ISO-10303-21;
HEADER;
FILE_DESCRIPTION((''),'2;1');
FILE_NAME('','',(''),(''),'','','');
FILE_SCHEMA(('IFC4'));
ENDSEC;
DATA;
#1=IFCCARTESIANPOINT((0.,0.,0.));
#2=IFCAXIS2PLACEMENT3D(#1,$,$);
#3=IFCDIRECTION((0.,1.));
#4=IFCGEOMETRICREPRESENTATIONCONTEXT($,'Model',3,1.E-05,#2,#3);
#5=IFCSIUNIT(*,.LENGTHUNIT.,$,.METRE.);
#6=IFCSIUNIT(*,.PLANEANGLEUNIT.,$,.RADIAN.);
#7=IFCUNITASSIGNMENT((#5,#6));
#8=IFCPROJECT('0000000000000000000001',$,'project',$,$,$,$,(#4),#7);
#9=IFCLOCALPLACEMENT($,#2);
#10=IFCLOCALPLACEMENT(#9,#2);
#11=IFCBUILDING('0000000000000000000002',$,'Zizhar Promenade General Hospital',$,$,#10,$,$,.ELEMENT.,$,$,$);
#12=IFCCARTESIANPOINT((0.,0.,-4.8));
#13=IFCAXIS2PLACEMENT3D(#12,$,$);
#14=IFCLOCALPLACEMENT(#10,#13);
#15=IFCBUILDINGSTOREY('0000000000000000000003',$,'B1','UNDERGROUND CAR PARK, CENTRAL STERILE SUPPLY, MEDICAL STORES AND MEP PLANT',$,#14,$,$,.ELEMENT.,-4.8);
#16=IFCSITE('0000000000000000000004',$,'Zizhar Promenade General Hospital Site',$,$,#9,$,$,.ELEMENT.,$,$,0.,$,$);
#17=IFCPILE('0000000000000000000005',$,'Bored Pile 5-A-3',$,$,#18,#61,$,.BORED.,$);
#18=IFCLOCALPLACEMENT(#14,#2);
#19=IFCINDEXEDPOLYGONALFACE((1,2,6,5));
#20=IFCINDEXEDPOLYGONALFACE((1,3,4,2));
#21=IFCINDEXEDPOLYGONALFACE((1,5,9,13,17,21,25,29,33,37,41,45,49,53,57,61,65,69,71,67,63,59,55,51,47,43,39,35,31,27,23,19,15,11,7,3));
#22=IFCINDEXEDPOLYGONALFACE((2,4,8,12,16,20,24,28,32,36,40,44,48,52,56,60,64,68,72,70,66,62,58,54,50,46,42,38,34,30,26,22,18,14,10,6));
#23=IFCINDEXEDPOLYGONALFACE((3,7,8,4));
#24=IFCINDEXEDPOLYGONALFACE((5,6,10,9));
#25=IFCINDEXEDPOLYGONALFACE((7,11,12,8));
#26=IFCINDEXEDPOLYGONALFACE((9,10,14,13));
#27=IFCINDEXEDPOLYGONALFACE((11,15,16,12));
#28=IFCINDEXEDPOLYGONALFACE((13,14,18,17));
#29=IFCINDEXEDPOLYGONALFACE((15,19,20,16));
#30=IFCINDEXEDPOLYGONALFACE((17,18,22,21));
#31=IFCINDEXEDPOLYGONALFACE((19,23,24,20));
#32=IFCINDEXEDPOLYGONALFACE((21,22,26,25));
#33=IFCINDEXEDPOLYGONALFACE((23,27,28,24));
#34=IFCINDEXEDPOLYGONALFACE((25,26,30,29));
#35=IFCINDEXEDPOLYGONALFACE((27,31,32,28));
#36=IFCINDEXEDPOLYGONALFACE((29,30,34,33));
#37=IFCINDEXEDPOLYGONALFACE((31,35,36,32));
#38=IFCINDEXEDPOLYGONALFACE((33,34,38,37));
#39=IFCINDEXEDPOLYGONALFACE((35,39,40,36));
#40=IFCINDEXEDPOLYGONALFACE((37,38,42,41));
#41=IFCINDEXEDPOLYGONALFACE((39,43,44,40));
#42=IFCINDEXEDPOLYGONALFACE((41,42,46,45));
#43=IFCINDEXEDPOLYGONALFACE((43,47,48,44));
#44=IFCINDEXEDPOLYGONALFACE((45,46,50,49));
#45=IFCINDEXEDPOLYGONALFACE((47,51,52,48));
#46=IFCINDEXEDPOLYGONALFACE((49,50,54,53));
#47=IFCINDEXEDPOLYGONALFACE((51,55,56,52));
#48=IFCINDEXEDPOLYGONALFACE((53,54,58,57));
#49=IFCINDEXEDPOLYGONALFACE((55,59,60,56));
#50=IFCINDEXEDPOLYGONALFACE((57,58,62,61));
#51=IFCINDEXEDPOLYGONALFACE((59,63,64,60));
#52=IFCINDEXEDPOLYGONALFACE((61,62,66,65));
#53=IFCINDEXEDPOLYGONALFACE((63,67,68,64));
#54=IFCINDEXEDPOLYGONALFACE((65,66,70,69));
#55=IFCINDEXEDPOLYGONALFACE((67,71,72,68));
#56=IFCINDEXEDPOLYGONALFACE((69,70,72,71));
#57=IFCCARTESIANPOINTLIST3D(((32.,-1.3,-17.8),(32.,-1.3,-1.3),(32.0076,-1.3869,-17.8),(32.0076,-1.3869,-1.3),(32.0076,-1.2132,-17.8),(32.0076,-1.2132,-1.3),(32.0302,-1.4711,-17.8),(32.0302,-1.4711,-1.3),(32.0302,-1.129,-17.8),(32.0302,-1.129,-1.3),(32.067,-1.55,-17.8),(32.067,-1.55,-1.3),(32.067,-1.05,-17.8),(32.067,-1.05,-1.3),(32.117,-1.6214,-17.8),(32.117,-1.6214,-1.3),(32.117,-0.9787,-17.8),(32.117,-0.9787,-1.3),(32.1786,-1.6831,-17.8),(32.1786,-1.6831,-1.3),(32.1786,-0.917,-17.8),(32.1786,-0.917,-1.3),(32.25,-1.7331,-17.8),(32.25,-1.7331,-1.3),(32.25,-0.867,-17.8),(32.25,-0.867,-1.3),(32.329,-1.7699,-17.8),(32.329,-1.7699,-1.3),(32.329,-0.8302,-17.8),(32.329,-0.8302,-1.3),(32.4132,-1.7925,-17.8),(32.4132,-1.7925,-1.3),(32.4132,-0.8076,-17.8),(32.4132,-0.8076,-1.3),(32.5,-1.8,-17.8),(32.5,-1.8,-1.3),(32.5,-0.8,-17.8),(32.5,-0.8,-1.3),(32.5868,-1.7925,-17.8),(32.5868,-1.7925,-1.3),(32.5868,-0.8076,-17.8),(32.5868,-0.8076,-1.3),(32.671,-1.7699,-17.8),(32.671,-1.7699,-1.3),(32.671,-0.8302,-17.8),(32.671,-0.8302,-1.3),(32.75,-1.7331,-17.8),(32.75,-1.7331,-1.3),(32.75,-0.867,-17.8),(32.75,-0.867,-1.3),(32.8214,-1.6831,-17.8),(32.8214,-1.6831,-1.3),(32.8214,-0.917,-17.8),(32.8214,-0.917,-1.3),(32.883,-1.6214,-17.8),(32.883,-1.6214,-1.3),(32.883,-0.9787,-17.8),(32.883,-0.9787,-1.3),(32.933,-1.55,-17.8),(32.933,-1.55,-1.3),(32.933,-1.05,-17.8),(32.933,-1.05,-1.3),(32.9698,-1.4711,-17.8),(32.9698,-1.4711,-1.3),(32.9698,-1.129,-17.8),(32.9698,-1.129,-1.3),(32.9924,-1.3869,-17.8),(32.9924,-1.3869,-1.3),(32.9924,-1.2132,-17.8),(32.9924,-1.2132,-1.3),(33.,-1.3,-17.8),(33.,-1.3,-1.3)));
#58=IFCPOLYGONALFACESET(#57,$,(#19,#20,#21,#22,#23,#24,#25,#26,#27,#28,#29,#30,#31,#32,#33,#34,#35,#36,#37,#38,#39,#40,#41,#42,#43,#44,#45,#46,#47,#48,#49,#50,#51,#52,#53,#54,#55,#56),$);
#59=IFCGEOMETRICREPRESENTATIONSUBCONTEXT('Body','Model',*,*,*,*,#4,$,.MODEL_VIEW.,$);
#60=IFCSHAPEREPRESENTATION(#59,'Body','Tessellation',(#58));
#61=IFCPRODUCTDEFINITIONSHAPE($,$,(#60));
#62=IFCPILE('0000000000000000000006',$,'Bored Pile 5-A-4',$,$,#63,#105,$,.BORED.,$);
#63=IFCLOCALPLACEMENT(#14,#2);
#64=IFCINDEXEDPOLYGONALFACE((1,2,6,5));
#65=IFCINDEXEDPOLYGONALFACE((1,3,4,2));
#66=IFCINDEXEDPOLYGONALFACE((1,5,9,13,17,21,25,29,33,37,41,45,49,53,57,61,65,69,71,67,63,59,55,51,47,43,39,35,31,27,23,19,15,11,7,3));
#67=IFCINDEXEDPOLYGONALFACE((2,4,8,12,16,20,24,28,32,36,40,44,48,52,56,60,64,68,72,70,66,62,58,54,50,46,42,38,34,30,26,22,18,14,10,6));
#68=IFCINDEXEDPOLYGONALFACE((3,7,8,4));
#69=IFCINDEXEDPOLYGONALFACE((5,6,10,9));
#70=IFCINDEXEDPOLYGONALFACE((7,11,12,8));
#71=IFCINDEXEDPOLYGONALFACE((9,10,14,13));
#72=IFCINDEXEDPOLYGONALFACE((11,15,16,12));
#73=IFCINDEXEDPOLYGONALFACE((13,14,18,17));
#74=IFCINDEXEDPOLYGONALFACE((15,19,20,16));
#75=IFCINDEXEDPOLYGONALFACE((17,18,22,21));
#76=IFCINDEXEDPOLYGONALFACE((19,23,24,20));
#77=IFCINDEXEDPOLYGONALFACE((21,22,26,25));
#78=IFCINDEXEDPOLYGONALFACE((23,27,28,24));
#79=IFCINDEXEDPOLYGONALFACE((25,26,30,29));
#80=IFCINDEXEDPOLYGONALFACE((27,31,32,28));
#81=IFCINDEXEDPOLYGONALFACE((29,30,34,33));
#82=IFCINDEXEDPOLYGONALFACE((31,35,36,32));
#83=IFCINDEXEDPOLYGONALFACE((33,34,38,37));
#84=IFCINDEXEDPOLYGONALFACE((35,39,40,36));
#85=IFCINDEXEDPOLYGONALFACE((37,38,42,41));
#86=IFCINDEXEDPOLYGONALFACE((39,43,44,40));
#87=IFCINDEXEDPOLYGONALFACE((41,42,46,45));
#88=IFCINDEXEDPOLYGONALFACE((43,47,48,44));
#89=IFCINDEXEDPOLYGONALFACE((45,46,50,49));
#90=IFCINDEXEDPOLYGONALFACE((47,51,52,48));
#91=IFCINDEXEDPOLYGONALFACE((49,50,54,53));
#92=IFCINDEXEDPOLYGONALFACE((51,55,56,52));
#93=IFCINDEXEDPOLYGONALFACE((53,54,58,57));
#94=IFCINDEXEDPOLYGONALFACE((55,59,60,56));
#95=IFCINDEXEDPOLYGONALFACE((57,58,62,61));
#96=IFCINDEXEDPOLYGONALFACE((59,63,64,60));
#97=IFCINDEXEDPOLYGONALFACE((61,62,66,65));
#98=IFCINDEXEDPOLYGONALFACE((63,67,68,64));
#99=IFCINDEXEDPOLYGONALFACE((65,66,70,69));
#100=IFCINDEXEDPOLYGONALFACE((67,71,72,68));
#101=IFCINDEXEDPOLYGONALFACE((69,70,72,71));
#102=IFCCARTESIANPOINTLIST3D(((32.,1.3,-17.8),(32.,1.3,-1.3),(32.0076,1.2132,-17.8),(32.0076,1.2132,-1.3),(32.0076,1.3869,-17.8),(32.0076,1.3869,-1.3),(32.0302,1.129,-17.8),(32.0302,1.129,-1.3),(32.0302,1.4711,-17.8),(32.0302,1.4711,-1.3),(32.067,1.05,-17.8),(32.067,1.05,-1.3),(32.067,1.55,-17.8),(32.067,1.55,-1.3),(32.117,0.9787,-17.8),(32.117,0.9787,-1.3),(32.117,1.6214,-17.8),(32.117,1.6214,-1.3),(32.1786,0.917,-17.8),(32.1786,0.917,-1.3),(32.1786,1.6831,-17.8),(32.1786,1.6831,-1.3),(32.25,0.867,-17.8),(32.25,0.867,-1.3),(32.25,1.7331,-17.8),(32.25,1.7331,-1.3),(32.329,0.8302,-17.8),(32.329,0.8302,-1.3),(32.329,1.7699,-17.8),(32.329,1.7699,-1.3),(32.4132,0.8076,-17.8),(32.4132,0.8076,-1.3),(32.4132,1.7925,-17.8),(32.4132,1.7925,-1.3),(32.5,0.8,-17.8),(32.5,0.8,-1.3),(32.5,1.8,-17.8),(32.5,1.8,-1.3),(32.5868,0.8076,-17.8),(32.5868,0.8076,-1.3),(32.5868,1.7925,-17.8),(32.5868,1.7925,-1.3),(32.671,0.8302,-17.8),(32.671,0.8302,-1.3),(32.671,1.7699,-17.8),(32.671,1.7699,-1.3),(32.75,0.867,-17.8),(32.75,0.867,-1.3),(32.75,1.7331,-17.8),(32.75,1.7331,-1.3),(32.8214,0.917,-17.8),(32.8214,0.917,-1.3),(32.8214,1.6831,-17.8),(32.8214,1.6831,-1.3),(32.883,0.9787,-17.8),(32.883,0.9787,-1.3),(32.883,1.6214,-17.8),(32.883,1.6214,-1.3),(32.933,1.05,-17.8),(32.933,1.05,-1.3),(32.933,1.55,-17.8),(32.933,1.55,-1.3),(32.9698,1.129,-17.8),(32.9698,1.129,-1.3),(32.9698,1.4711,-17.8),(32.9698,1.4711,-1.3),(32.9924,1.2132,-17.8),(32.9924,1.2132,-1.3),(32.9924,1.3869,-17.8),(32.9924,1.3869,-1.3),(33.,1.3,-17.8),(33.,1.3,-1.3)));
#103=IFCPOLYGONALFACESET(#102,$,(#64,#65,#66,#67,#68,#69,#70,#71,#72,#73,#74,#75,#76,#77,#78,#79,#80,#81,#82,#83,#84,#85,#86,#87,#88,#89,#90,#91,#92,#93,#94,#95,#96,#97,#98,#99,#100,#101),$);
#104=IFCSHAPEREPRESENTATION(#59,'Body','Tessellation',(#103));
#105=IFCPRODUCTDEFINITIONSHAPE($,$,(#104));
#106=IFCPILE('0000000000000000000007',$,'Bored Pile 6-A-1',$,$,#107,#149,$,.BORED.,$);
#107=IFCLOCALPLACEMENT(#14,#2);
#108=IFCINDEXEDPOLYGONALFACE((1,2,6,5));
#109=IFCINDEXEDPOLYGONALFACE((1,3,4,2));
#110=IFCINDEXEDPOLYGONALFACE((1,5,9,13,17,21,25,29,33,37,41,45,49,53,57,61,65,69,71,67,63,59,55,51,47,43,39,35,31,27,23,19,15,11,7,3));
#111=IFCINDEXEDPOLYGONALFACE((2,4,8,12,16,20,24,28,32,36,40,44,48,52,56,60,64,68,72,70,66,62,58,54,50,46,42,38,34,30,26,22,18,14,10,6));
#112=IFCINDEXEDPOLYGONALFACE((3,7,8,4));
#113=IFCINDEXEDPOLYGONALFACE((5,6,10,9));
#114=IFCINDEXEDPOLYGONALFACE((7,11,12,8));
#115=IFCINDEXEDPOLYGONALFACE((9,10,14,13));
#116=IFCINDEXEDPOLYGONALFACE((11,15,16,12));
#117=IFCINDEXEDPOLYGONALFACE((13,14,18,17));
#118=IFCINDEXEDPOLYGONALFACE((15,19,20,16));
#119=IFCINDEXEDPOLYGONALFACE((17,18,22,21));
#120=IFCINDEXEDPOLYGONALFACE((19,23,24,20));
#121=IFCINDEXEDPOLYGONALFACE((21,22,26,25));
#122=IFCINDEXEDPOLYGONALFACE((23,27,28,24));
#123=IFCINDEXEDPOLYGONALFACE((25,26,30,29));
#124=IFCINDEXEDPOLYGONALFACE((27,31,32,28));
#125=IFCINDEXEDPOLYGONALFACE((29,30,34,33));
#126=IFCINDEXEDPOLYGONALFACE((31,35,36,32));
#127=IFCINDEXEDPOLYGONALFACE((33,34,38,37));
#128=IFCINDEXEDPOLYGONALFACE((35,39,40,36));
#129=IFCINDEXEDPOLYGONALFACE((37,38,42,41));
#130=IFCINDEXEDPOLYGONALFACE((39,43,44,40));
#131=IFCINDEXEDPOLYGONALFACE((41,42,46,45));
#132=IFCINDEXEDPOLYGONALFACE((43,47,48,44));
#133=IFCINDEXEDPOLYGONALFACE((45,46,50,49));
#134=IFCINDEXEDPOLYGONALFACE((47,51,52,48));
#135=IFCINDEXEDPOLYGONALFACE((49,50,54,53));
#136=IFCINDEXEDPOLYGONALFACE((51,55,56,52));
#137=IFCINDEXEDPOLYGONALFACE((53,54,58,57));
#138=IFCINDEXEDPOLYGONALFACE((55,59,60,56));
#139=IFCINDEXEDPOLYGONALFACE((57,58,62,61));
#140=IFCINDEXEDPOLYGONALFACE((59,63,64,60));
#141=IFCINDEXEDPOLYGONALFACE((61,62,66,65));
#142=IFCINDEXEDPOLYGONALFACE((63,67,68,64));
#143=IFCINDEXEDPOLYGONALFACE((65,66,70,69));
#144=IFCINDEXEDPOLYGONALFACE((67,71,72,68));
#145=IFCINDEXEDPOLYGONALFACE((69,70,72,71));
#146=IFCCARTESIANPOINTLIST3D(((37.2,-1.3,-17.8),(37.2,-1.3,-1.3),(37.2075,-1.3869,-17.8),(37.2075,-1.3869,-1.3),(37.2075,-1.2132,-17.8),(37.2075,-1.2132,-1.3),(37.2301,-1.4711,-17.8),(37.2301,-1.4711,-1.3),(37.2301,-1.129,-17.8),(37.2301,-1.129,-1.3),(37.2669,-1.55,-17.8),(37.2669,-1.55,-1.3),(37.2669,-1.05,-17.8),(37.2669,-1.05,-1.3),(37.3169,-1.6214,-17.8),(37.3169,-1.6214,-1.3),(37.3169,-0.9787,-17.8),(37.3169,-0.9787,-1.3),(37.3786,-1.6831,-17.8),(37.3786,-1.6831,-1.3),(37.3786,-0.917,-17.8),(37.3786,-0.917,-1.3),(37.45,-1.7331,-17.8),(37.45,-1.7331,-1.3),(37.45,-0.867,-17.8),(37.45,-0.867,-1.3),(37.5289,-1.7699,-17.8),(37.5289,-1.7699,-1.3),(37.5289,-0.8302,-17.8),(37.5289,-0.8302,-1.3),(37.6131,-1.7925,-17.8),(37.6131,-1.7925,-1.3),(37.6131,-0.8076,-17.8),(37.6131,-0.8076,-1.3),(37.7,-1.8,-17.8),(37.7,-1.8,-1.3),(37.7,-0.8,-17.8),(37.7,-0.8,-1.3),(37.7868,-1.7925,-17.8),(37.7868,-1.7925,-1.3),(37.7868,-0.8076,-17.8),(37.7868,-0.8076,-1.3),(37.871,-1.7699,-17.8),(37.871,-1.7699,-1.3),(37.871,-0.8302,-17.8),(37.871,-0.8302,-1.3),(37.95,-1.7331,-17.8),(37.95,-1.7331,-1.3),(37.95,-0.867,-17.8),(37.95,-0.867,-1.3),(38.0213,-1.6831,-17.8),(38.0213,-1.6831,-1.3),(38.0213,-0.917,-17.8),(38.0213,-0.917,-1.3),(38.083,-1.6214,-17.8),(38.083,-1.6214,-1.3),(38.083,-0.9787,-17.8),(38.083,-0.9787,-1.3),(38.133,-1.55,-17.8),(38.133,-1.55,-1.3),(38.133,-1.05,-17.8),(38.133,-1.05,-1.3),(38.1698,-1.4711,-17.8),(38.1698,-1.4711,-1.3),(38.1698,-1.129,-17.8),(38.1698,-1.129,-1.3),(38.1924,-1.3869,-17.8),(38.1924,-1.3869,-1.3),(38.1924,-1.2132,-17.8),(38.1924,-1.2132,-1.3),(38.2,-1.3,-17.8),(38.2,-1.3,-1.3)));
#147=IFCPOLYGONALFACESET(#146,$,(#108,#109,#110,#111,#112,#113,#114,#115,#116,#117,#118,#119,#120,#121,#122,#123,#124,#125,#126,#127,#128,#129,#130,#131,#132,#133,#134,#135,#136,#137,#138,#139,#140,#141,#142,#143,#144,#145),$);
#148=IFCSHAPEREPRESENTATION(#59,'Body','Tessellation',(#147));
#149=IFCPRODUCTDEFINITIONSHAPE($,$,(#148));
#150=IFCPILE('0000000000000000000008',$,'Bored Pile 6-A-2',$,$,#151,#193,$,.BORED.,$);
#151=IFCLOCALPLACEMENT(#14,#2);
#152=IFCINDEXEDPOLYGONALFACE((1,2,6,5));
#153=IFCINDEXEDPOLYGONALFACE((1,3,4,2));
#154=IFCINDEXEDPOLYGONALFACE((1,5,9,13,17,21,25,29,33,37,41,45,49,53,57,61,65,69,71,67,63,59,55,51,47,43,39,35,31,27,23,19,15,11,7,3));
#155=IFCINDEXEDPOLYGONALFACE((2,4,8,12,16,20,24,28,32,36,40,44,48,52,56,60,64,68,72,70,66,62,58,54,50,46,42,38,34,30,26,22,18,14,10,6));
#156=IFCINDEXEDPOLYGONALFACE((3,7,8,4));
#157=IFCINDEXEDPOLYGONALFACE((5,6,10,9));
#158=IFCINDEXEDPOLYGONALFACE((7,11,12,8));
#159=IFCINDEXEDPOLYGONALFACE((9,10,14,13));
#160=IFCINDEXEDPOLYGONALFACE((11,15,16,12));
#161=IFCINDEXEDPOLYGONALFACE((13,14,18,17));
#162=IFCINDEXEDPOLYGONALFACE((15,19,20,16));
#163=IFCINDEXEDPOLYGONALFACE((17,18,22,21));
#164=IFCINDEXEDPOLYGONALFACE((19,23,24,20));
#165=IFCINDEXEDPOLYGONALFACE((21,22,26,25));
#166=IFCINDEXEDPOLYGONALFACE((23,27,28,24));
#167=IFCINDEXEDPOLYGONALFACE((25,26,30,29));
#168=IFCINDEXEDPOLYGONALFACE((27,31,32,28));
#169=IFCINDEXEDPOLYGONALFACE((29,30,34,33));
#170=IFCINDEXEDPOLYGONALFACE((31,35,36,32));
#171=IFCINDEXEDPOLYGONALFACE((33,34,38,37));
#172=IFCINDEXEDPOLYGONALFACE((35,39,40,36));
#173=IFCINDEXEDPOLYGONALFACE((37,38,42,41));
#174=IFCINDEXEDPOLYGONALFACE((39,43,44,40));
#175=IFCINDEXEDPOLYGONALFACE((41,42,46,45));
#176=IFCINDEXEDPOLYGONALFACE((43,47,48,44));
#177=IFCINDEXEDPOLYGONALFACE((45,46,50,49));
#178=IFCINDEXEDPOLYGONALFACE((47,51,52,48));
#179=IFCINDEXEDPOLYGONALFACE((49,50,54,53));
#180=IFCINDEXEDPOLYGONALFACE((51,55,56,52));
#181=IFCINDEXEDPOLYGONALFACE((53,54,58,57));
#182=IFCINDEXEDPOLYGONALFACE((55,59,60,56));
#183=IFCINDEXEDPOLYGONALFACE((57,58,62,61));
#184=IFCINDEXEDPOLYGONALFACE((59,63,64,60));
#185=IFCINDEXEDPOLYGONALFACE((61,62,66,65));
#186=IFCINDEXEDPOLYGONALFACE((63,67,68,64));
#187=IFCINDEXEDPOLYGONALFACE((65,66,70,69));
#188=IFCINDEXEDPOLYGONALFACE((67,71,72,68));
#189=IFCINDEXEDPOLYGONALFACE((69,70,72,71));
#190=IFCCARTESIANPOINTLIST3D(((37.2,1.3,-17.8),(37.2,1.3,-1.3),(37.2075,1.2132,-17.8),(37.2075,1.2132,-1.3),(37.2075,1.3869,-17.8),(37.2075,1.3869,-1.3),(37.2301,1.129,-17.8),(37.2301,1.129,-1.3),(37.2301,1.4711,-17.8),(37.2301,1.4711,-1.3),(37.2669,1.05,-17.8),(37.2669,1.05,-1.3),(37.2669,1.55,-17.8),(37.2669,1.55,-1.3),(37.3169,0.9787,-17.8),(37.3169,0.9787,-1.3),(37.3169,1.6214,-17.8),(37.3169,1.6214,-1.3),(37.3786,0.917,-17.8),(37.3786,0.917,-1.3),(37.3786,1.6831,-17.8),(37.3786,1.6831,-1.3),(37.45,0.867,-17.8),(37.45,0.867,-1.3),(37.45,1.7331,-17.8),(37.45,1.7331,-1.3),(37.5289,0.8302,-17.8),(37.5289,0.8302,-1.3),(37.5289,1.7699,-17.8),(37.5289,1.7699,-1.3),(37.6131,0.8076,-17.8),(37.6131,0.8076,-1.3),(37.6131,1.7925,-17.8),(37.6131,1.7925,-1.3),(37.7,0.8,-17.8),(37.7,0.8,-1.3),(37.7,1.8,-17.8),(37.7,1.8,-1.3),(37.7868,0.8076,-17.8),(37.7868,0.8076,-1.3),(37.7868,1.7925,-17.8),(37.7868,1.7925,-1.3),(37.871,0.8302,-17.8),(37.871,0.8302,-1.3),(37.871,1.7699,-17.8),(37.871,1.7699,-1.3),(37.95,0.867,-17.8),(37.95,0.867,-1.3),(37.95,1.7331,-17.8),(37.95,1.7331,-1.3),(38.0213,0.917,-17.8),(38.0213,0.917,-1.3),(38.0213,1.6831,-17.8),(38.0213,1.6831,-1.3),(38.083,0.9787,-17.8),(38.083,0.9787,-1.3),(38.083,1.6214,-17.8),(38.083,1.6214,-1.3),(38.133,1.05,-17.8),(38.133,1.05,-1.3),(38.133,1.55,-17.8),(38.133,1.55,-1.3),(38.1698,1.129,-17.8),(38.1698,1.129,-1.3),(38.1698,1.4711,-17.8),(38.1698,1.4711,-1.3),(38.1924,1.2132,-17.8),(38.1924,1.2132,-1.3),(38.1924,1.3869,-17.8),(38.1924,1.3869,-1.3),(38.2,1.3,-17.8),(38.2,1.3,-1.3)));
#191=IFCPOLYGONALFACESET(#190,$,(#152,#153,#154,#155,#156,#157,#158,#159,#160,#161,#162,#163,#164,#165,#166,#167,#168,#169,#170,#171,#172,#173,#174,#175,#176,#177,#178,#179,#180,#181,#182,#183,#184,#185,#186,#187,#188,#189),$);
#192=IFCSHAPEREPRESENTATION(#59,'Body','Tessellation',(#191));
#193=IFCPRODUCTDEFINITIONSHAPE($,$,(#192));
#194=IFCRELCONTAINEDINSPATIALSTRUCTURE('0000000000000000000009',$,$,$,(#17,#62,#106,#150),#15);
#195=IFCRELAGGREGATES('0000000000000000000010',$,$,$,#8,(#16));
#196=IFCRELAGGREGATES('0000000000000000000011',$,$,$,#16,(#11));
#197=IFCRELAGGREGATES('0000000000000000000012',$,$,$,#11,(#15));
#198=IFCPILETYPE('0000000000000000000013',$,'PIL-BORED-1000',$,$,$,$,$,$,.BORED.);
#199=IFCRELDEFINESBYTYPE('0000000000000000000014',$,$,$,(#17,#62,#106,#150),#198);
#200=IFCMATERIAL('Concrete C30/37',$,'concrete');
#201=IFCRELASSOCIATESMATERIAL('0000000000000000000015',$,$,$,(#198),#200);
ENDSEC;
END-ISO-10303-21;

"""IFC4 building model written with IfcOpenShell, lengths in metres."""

from ifc_helpers import new_model, si_unit, direction, frame, origin, origin_2d, place, context, subcontext, project, spatial, circle, extrude, material, material_profile, profile_set, type_object, element, save


model = new_model("IFC4")

# Units and contexts
model_context = context("Model", 3, precision=1e-05, world=origin(), true_north=direction((0.0, 1.0)))
body_context = subcontext(model_context, "Body", "Model", "MODEL_VIEW")
ifc_project = project(units=[si_unit("LENGTHUNIT", "METRE"), si_unit("PLANEANGLEUNIT", "RADIAN")], contexts=[model_context])

# Site, building, storey
site_placement = place(None, origin())
site = spatial("IfcSite", under=ifc_project, at=site_placement, Name="Zizhar Promenade General Hospital Site", CompositionType="ELEMENT", RefElevation=0.0)
building_placement = place(site_placement, origin())
building = spatial("IfcBuilding", under=site, at=building_placement, Name="Zizhar Promenade General Hospital", CompositionType="ELEMENT")
storey_placement = place(building_placement, frame((0.0, 0.0, -4.8)))
storey = spatial("IfcBuildingStorey", under=building, at=storey_placement, Name="B1", Description="UNDERGROUND CAR PARK, CENTRAL STERILE SUPPLY, MEDICAL STORES AND MEP PLANT", CompositionType="ELEMENT", Elevation=-4.8)

# Piles
ifc_material_1 = material(Name="Concrete C30/37", Category="concrete")
ifc_material_profile_1 = material_profile(ifc_material_1, circle(Radius=0.5, at=origin_2d()))
ifc_profile_set_1 = profile_set([ifc_material_profile_1], Name="Concrete C30/37")
pile_type = type_object("IfcPileType", Name="PIL-BORED-1000", PredefinedType="BORED", material=ifc_profile_set_1)
for number, where, z_axis, x_axis, name in (
    (1, (32.5, -1.3, -1.3), (0.0, 0.0, -1.0), (1.0, 0.0, 0.0), "Bored Pile 5-A-3"),
    (2, (32.5, 1.3, -1.3), (0.0, 0.0, -1.0), (1.0, 0.0, 0.0), "Bored Pile 5-A-4"),
    (3, (37.7, -1.3, -1.3), (0.0, 0.0, -1.0), (1.0, 0.0, 0.0), "Bored Pile 6-A-1"),
    (4, (37.7, 1.3, -1.3), (0.0, 0.0, -1.0), (1.0, 0.0, 0.0), "Bored Pile 6-A-2"),
):
    element("IfcPile", number, at=place(storey_placement, frame(where, z_axis=z_axis, x_axis=x_axis)), inside=storey, type_object=pile_type, Name=name, PredefinedType="BORED", context=body_context, shape_type="SweptSolid", body=[
        extrude(circle(Radius=0.5, at=origin_2d()), origin(), (0.0, 0.0, 1.0), 16.5),
    ])

save(model, "model.ifc")
